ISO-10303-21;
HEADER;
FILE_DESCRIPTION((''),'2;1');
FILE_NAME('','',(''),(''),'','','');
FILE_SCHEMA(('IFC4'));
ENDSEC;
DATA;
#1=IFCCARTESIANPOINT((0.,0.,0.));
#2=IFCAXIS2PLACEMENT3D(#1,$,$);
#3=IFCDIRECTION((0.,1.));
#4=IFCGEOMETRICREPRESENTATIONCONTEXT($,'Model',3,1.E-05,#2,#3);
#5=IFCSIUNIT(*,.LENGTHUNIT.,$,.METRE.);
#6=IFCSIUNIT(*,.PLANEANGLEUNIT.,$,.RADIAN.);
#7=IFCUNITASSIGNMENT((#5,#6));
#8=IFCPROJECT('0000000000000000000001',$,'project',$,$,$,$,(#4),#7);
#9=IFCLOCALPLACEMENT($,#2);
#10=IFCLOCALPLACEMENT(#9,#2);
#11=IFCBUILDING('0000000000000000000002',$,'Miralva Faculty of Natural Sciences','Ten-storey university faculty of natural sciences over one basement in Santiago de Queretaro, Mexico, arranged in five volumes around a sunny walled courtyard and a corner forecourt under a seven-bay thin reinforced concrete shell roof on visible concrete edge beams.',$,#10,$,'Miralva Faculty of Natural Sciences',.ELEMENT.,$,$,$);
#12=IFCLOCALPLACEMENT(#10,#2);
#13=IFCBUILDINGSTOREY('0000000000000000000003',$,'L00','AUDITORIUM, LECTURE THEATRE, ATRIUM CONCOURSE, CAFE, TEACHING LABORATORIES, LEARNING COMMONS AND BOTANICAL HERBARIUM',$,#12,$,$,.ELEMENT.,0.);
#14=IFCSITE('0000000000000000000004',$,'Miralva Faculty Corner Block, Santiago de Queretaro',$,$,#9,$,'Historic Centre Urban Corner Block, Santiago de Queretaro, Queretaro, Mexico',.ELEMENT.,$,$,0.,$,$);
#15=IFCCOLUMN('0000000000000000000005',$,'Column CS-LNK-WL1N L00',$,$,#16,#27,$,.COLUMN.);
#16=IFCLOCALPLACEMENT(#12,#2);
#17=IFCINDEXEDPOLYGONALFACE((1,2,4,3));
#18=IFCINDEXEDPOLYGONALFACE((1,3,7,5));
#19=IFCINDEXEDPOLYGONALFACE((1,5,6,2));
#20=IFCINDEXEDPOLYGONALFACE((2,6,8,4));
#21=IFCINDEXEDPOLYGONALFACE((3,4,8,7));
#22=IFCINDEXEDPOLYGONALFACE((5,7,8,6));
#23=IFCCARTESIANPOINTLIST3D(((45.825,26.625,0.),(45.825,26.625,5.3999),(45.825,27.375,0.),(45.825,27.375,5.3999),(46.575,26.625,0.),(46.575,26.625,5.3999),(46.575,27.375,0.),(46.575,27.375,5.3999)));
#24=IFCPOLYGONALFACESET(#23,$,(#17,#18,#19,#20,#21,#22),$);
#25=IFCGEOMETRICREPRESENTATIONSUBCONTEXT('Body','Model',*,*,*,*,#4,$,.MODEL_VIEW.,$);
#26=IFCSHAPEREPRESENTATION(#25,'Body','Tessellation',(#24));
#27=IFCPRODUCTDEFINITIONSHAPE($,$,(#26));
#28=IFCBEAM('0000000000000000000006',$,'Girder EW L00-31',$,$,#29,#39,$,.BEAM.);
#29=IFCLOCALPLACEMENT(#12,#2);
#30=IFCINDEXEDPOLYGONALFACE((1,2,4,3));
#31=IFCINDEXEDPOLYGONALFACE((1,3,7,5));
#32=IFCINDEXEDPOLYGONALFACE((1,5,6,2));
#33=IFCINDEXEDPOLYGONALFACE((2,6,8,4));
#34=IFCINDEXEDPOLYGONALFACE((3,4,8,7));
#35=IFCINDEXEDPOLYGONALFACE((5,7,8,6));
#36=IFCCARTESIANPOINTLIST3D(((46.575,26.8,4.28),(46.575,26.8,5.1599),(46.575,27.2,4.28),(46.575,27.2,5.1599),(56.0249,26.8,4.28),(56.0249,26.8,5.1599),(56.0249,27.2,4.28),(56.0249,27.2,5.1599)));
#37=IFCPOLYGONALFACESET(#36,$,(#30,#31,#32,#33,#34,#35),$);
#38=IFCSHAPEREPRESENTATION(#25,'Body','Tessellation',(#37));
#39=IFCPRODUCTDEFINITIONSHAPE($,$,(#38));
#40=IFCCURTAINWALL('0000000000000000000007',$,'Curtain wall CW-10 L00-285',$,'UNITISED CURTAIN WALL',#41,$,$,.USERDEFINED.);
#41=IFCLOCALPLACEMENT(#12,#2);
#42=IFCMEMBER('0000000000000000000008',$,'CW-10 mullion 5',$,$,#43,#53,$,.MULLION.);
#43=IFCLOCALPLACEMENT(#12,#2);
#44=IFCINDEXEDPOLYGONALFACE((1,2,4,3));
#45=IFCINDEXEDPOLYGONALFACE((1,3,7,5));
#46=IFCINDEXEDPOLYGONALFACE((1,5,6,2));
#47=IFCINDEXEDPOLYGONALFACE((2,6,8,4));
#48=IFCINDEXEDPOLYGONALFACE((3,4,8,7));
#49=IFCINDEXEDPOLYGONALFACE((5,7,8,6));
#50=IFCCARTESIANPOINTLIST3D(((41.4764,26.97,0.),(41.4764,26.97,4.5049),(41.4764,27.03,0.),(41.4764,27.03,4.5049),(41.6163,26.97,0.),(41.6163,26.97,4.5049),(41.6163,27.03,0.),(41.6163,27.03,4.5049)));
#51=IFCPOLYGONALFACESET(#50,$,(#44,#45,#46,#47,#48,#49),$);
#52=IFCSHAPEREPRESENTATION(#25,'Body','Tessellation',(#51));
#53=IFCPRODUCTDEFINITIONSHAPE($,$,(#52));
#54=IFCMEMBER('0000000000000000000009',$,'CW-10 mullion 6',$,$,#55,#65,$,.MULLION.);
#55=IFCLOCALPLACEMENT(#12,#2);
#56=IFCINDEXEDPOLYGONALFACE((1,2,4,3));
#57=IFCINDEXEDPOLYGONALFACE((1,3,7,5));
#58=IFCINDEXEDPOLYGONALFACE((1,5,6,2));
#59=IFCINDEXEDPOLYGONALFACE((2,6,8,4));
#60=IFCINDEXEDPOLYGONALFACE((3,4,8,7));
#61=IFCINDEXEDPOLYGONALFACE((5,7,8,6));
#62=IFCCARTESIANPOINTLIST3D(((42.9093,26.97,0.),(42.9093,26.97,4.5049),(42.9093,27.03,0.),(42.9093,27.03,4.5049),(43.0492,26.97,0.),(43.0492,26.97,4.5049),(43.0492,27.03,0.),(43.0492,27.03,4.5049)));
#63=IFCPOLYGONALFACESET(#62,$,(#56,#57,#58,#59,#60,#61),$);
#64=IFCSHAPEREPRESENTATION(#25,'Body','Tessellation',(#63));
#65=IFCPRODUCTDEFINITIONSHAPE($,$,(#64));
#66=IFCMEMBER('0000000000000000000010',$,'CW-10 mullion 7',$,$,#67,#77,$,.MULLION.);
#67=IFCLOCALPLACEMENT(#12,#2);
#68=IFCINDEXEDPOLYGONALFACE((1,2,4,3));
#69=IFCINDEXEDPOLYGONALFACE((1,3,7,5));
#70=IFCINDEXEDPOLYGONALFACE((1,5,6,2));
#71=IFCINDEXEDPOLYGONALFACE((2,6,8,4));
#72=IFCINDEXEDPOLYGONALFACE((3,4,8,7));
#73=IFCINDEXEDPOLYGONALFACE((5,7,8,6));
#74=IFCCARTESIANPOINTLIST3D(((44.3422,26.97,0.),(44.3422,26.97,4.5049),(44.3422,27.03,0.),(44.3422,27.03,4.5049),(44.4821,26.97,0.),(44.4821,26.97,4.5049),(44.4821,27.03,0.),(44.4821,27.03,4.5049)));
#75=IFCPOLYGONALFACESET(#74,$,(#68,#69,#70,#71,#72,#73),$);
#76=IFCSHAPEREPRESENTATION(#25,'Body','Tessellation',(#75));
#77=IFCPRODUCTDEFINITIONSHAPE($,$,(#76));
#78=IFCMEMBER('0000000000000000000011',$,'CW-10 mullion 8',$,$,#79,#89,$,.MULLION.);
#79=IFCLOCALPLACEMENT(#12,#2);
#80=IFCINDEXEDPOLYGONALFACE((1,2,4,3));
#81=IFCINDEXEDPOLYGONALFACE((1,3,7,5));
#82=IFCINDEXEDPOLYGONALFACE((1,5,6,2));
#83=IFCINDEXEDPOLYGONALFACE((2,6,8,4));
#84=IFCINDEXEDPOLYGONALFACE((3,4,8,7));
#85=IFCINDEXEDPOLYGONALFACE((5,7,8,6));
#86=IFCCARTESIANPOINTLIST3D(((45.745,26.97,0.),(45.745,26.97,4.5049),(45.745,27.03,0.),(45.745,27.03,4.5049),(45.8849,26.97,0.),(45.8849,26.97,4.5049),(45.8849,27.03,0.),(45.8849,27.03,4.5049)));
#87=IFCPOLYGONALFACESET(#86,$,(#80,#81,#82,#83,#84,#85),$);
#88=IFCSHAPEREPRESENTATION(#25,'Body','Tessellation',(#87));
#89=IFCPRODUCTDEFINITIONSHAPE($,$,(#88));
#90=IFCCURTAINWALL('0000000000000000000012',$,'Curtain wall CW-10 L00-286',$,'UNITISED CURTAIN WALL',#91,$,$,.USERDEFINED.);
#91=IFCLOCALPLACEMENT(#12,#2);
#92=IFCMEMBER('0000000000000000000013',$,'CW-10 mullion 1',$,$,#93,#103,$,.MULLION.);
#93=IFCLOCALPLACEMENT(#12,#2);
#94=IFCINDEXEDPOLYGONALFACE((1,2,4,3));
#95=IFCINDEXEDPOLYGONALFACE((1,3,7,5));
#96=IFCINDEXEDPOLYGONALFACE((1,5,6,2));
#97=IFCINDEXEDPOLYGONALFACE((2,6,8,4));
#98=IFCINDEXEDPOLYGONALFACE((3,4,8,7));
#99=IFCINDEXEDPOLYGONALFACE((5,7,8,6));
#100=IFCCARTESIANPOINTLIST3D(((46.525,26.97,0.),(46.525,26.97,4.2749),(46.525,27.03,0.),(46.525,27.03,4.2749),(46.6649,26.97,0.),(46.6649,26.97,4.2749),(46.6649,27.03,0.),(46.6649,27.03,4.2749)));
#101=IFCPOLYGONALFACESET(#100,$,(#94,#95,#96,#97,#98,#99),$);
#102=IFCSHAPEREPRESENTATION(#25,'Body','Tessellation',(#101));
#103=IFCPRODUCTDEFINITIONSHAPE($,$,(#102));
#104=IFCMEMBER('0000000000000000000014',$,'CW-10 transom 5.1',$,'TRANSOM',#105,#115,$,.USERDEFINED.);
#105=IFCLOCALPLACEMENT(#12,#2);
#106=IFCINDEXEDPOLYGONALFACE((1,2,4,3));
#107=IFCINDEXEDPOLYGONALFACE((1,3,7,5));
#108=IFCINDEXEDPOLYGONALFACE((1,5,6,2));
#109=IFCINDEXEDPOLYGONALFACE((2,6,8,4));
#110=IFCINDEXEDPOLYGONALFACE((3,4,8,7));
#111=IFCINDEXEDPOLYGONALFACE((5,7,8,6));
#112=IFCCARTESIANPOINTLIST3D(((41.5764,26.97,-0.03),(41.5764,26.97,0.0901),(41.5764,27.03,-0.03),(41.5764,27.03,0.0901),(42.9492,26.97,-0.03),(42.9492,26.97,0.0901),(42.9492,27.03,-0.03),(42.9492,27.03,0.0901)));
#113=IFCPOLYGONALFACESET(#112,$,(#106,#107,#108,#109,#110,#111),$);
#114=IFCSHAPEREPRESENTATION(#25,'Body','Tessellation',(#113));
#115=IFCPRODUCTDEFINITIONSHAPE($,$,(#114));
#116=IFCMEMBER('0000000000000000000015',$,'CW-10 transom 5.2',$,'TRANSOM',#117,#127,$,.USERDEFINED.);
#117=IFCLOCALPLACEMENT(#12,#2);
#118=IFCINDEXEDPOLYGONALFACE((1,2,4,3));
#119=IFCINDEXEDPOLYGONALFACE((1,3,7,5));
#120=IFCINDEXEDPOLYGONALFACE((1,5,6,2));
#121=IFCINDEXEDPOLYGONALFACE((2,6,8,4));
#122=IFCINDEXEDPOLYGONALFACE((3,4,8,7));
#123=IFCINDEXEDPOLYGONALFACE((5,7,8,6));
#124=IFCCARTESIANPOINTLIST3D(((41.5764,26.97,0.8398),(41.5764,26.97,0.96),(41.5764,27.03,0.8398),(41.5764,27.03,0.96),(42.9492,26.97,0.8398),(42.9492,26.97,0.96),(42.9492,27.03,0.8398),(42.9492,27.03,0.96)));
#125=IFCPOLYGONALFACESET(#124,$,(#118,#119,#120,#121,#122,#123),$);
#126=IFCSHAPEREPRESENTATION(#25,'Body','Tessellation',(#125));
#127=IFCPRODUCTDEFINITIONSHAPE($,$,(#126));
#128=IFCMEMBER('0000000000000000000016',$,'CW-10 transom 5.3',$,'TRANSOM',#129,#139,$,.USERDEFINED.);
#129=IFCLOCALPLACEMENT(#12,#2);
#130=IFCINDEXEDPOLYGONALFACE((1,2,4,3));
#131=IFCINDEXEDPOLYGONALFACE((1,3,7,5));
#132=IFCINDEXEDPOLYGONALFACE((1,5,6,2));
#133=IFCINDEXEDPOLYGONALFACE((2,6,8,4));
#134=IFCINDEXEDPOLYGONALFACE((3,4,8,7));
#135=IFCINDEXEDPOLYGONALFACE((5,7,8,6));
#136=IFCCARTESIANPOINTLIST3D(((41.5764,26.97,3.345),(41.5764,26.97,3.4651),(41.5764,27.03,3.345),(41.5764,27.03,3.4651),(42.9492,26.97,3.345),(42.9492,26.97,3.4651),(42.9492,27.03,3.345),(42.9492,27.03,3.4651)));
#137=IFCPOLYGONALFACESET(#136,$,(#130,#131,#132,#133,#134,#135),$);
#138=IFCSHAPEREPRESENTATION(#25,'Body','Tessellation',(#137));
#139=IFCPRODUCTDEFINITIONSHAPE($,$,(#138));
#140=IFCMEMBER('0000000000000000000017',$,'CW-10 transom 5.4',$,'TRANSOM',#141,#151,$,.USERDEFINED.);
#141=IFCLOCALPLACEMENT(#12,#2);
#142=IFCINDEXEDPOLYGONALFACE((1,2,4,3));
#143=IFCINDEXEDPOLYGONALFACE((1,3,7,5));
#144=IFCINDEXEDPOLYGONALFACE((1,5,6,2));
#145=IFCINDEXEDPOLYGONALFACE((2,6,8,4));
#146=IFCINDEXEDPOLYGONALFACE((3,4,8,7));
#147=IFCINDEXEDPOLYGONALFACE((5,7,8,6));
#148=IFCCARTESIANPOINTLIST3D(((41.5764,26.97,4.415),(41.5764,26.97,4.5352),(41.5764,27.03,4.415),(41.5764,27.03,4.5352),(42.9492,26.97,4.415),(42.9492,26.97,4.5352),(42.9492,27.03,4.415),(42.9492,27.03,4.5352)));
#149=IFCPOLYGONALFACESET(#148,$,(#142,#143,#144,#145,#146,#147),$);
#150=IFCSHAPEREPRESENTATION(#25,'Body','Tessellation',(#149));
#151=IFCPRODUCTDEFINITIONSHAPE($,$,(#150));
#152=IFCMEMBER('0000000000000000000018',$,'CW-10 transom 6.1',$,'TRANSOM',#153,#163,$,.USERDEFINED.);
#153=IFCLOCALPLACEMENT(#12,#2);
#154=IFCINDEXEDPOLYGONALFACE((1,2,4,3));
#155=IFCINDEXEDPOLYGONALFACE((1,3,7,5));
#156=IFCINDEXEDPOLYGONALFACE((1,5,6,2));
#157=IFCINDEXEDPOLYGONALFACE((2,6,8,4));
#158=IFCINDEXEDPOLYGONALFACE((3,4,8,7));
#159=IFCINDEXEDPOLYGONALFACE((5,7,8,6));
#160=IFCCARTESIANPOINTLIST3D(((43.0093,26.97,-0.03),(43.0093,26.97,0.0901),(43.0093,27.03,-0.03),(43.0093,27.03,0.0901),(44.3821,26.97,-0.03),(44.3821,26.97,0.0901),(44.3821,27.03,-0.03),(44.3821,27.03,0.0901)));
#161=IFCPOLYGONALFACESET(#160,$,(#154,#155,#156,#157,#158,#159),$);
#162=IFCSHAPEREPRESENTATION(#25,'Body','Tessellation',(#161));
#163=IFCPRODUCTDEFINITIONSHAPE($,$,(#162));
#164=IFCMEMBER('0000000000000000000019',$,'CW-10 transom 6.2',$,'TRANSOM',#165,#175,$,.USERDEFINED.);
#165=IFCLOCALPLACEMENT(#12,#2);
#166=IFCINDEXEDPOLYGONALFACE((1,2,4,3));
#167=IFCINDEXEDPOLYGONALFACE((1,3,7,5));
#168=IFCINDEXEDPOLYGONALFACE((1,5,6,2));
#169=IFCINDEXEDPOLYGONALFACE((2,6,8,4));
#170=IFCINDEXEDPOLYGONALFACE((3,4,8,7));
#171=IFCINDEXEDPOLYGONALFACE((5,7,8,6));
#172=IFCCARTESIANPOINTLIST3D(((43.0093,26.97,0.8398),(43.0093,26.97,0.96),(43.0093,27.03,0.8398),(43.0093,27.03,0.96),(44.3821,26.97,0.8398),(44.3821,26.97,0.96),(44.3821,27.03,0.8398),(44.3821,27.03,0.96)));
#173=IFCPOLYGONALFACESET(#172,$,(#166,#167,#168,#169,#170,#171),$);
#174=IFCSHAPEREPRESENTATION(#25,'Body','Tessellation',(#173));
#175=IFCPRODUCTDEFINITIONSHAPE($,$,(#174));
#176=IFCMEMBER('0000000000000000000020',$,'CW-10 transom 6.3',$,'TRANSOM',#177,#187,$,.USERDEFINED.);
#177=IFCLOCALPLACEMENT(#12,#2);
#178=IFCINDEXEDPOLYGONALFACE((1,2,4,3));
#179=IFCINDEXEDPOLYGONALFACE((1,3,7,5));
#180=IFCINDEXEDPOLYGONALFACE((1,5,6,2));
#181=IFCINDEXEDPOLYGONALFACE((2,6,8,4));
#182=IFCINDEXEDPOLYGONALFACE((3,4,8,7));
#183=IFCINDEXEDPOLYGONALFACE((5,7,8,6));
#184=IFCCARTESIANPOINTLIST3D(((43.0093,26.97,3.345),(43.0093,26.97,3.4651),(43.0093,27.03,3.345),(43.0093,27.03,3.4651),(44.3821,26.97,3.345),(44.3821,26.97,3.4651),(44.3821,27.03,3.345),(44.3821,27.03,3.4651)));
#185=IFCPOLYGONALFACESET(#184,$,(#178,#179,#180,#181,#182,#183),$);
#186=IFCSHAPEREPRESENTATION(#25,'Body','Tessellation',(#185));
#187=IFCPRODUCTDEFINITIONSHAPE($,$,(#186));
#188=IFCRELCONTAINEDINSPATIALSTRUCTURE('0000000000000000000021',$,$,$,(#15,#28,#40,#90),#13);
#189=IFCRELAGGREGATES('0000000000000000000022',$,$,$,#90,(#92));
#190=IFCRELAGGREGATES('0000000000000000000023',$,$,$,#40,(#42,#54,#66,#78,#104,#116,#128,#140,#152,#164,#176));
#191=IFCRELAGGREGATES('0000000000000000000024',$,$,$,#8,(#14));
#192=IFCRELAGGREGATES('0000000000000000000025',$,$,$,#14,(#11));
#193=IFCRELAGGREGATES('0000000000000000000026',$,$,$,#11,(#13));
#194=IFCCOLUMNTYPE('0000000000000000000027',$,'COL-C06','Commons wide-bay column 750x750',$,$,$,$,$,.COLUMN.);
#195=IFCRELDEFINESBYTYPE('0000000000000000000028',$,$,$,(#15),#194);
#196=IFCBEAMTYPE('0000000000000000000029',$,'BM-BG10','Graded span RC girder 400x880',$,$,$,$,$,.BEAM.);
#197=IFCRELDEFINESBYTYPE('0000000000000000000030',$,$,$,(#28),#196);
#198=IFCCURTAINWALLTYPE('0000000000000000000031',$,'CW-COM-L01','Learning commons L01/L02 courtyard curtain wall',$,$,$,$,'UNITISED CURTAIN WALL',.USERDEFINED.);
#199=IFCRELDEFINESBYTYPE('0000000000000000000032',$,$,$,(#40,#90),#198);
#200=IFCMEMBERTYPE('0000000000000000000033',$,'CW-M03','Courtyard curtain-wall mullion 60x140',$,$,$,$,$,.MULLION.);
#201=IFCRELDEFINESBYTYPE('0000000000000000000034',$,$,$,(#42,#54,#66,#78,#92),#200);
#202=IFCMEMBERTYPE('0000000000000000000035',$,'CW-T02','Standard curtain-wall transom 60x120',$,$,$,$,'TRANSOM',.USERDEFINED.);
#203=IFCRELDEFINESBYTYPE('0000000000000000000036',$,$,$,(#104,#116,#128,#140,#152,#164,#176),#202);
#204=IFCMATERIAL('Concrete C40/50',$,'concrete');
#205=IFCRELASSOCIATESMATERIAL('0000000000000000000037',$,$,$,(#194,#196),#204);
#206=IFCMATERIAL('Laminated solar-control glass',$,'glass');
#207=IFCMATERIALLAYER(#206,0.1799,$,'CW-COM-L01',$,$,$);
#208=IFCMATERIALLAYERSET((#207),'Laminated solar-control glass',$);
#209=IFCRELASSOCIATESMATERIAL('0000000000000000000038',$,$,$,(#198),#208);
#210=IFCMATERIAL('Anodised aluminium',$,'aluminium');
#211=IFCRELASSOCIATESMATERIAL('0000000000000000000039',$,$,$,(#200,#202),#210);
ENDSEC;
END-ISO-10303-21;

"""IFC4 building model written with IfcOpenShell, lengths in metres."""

from ifc_helpers import new_model, si_unit, direction, frame, origin, origin_2d, place, context, subcontext, project, spatial, rectangle, extrude, material, layer, layer_set, material_profile, profile_set, type_object, element, aggregate, save


model = new_model("IFC4")

# Units and contexts
model_context = context("Model", 3, precision=1e-05, world=origin(), true_north=direction((0.0, 1.0)))
body_context = subcontext(model_context, "Body", "Model", "MODEL_VIEW")
ifc_project = project(units=[si_unit("LENGTHUNIT", "METRE"), si_unit("PLANEANGLEUNIT", "RADIAN")], contexts=[model_context])

# Site, building, storey
site_placement = place(None, origin())
site = spatial("IfcSite", under=ifc_project, at=site_placement, Name="Miralva Faculty Corner Block, Santiago de Queretaro", LongName="Historic Centre Urban Corner Block, Santiago de Queretaro, Queretaro, Mexico", CompositionType="ELEMENT", RefElevation=0.0)
building_placement = place(site_placement, origin())
building = spatial("IfcBuilding", under=site, at=building_placement, Name="Miralva Faculty of Natural Sciences", Description="Ten-storey university faculty of natural sciences over one basement in Santiago de Queretaro, Mexico, arranged in five volumes around a sunny walled courtyard and a corner forecourt under a seven-bay thin reinforced concrete shell roof on visible concrete edge beams.", LongName="Miralva Faculty of Natural Sciences", CompositionType="ELEMENT")
storey_placement = place(building_placement, origin())
storey = spatial("IfcBuildingStorey", under=building, at=storey_placement, Name="L00", Description="AUDITORIUM, LECTURE THEATRE, ATRIUM CONCOURSE, CAFE, TEACHING LABORATORIES, LEARNING COMMONS AND BOTANICAL HERBARIUM", CompositionType="ELEMENT", Elevation=0.0)

# Column
ifc_material_1 = material(Name="Concrete C40/50", Category="concrete")
ifc_material_profile_1 = material_profile(ifc_material_1, rectangle(XDim=0.75, YDim=0.75, at=origin_2d()), Name="RC 750x750")
ifc_profile_set_1 = profile_set([ifc_material_profile_1], Name="Concrete C40/50")
column_type = type_object("IfcColumnType", Name="COL-C06", Description="Commons wide-bay column 750x750", PredefinedType="COLUMN", material=ifc_profile_set_1)
column_placement = place(storey_placement, frame((46.2, 27.0, 0.0), z_axis=(0.0, 0.0, 1.0), x_axis=(1.0, 0.0, 0.0)))
element("IfcColumn", 1, at=column_placement, inside=storey, type_object=column_type, Name="Column CS-LNK-WL1N L00", PredefinedType="COLUMN", context=body_context, shape_type="SweptSolid", body=[
    extrude(rectangle(XDim=0.75, YDim=0.75, at=origin_2d()), origin(), (0.0, 0.0, 1.0), 5.3999),
])

# Beam
ifc_material_profile_2 = material_profile(ifc_material_1, rectangle(XDim=0.3999, YDim=0.8799, at=origin_2d()), Name="RC 400x880")
ifc_profile_set_2 = profile_set([ifc_material_profile_2], Name="Concrete C40/50")
beam_type = type_object("IfcBeamType", Name="BM-BG10", Description="Graded span RC girder 400x880", PredefinedType="BEAM", material=ifc_profile_set_2)
beam_placement = place(storey_placement, frame((46.575, 27.0, 4.72), z_axis=(1.0, 0.0, 0.0), x_axis=(0.0, 1.0, 0.0)))
element("IfcBeam", 2, at=beam_placement, inside=storey, type_object=beam_type, Name="Girder EW L00-31", PredefinedType="BEAM", context=body_context, shape_type="SweptSolid", body=[
    extrude(rectangle(XDim=0.3999, YDim=0.8799, at=origin_2d()), origin(), (0.0, 0.0, 1.0), 9.45),
])

# Curtain wall, members
ifc_material_2 = material(Name="Laminated solar-control glass", Category="glass")
ifc_layer_1 = layer(ifc_material_2, 0.1799, Name="CW-COM-L01")
ifc_layer_set_1 = layer_set([ifc_layer_1], Name="Laminated solar-control glass")
curtain_wall_type = type_object("IfcCurtainWallType", Name="CW-COM-L01", Description="Learning commons L01/L02 courtyard curtain wall", ElementType="UNITISED CURTAIN WALL", PredefinedType="USERDEFINED", material=ifc_layer_set_1)
curtain_wall_1_placement = place(storey_placement, origin())
curtain_wall_1 = element("IfcCurtainWall", 3, at=curtain_wall_1_placement, inside=storey, type_object=curtain_wall_type, Name="Curtain wall CW-10 L00-285", ObjectType="UNITISED CURTAIN WALL", PredefinedType="USERDEFINED")
ifc_material_3 = material(Name="Anodised aluminium", Category="aluminium")
ifc_material_profile_3 = material_profile(ifc_material_3, rectangle(XDim=0.0601, YDim=0.1399, at=origin_2d()), Name="MULLION 60x140")
ifc_profile_set_3 = profile_set([ifc_material_profile_3], Name="Anodised aluminium")
member_type_1 = type_object("IfcMemberType", Name="CW-M03", Description="Courtyard curtain-wall mullion 60x140", PredefinedType="MULLION", material=ifc_profile_set_3)
member_1_placement = place(storey_placement, frame((41.5464, 27.0, 0.0), z_axis=(0.0, 0.0, 1.0), x_axis=(0.0, 1.0, 0.0)))
member_1 = element("IfcMember", 4, at=member_1_placement, type_object=member_type_1, Name="CW-10 mullion 5", PredefinedType="MULLION", context=body_context, shape_type="SweptSolid", body=[
    extrude(rectangle(XDim=0.0601, YDim=0.1399, at=origin_2d()), origin(), (0.0, 0.0, 1.0), 4.5049),
])
member_2_placement = place(storey_placement, frame((42.9792, 27.0, 0.0), z_axis=(0.0, 0.0, 1.0), x_axis=(0.0, 1.0, 0.0)))
member_2 = element("IfcMember", 5, at=member_2_placement, type_object=member_type_1, Name="CW-10 mullion 6", PredefinedType="MULLION", context=body_context, shape_type="SweptSolid", body=[
    extrude(rectangle(XDim=0.0601, YDim=0.1399, at=origin_2d()), origin(), (0.0, 0.0, 1.0), 4.5049),
])
member_3_placement = place(storey_placement, frame((44.4121, 27.0, 0.0), z_axis=(0.0, 0.0, 1.0), x_axis=(0.0, 1.0, 0.0)))
member_3 = element("IfcMember", 6, at=member_3_placement, type_object=member_type_1, Name="CW-10 mullion 7", PredefinedType="MULLION", context=body_context, shape_type="SweptSolid", body=[
    extrude(rectangle(XDim=0.0601, YDim=0.1399, at=origin_2d()), origin(), (0.0, 0.0, 1.0), 4.5049),
])
member_4_placement = place(storey_placement, frame((45.8149, 27.0, 0.0), z_axis=(0.0, 0.0, 1.0), x_axis=(0.0, 1.0, 0.0)))
member_4 = element("IfcMember", 7, at=member_4_placement, type_object=member_type_1, Name="CW-10 mullion 8", PredefinedType="MULLION", context=body_context, shape_type="SweptSolid", body=[
    extrude(rectangle(XDim=0.0601, YDim=0.1399, at=origin_2d()), origin(), (0.0, 0.0, 1.0), 4.5049),
])

# Curtain wall, member
curtain_wall_2_placement = place(storey_placement, origin())
curtain_wall_2 = element("IfcCurtainWall", 8, at=curtain_wall_2_placement, inside=storey, type_object=curtain_wall_type, Name="Curtain wall CW-10 L00-286", ObjectType="UNITISED CURTAIN WALL", PredefinedType="USERDEFINED")
member_5_placement = place(storey_placement, frame((46.595, 27.0, 0.0), z_axis=(0.0, 0.0, 1.0), x_axis=(0.0, 1.0, 0.0)))
member_5 = element("IfcMember", 9, at=member_5_placement, type_object=member_type_1, Name="CW-10 mullion 1", PredefinedType="MULLION", context=body_context, shape_type="SweptSolid", body=[
    extrude(rectangle(XDim=0.0601, YDim=0.1399, at=origin_2d()), origin(), (0.0, 0.0, 1.0), 4.2749),
])

# Members
ifc_material_profile_4 = material_profile(ifc_material_3, rectangle(XDim=0.0601, YDim=0.1201, at=origin_2d()), Name="TRANSOM 60x120")
ifc_profile_set_4 = profile_set([ifc_material_profile_4], Name="Anodised aluminium")
member_type_2 = type_object("IfcMemberType", Name="CW-T02", Description="Standard curtain-wall transom 60x120", ElementType="TRANSOM", PredefinedType="USERDEFINED", material=ifc_profile_set_4)
member_6_placement = place(storey_placement, frame((41.5764, 27.0, 0.03), z_axis=(1.0, 0.0, 0.0), x_axis=(0.0, 1.0, 0.0)))
member_6 = element("IfcMember", 10, at=member_6_placement, type_object=member_type_2, Name="CW-10 transom 5.1", ObjectType="TRANSOM", PredefinedType="USERDEFINED", context=body_context, shape_type="SweptSolid", body=[
    extrude(rectangle(XDim=0.0601, YDim=0.1201, at=origin_2d()), origin(), (0.0, 0.0, 1.0), 1.3728),
])
member_7_placement = place(storey_placement, frame((41.5764, 27.0, 0.8999), z_axis=(1.0, 0.0, 0.0), x_axis=(0.0, 1.0, 0.0)))
member_7 = element("IfcMember", 11, at=member_7_placement, type_object=member_type_2, Name="CW-10 transom 5.2", ObjectType="TRANSOM", PredefinedType="USERDEFINED", context=body_context, shape_type="SweptSolid", body=[
    extrude(rectangle(XDim=0.0601, YDim=0.1201, at=origin_2d()), origin(), (0.0, 0.0, 1.0), 1.3728),
])
member_8_placement = place(storey_placement, frame((41.5764, 27.0, 3.405), z_axis=(1.0, 0.0, 0.0), x_axis=(0.0, 1.0, 0.0)))
member_8 = element("IfcMember", 12, at=member_8_placement, type_object=member_type_2, Name="CW-10 transom 5.3", ObjectType="TRANSOM", PredefinedType="USERDEFINED", context=body_context, shape_type="SweptSolid", body=[
    extrude(rectangle(XDim=0.0601, YDim=0.1201, at=origin_2d()), origin(), (0.0, 0.0, 1.0), 1.3728),
])
member_9_placement = place(storey_placement, frame((41.5764, 27.0, 4.4751), z_axis=(1.0, 0.0, 0.0), x_axis=(0.0, 1.0, 0.0)))
member_9 = element("IfcMember", 13, at=member_9_placement, type_object=member_type_2, Name="CW-10 transom 5.4", ObjectType="TRANSOM", PredefinedType="USERDEFINED", context=body_context, shape_type="SweptSolid", body=[
    extrude(rectangle(XDim=0.0601, YDim=0.1201, at=origin_2d()), origin(), (0.0, 0.0, 1.0), 1.3728),
])
member_10_placement = place(storey_placement, frame((43.0093, 27.0, 0.03), z_axis=(1.0, 0.0, 0.0), x_axis=(0.0, 1.0, 0.0)))
member_10 = element("IfcMember", 14, at=member_10_placement, type_object=member_type_2, Name="CW-10 transom 6.1", ObjectType="TRANSOM", PredefinedType="USERDEFINED", context=body_context, shape_type="SweptSolid", body=[
    extrude(rectangle(XDim=0.0601, YDim=0.1201, at=origin_2d()), origin(), (0.0, 0.0, 1.0), 1.3728),
])
member_11_placement = place(storey_placement, frame((43.0093, 27.0, 0.8999), z_axis=(1.0, 0.0, 0.0), x_axis=(0.0, 1.0, 0.0)))
member_11 = element("IfcMember", 15, at=member_11_placement, type_object=member_type_2, Name="CW-10 transom 6.2", ObjectType="TRANSOM", PredefinedType="USERDEFINED", context=body_context, shape_type="SweptSolid", body=[
    extrude(rectangle(XDim=0.0601, YDim=0.1201, at=origin_2d()), origin(), (0.0, 0.0, 1.0), 1.3728),
])
member_12_placement = place(storey_placement, frame((43.0093, 27.0, 3.405), z_axis=(1.0, 0.0, 0.0), x_axis=(0.0, 1.0, 0.0)))
member_12 = element("IfcMember", 16, at=member_12_placement, type_object=member_type_2, Name="CW-10 transom 6.3", ObjectType="TRANSOM", PredefinedType="USERDEFINED", context=body_context, shape_type="SweptSolid", body=[
    extrude(rectangle(XDim=0.0601, YDim=0.1201, at=origin_2d()), origin(), (0.0, 0.0, 1.0), 1.3728),
])
aggregate(curtain_wall_2, [member_5])

aggregate(curtain_wall_1, [member_1, member_2, member_3, member_4, member_6, member_7, member_8, member_9, member_10, member_11, member_12])

save(model, "model.ifc")
